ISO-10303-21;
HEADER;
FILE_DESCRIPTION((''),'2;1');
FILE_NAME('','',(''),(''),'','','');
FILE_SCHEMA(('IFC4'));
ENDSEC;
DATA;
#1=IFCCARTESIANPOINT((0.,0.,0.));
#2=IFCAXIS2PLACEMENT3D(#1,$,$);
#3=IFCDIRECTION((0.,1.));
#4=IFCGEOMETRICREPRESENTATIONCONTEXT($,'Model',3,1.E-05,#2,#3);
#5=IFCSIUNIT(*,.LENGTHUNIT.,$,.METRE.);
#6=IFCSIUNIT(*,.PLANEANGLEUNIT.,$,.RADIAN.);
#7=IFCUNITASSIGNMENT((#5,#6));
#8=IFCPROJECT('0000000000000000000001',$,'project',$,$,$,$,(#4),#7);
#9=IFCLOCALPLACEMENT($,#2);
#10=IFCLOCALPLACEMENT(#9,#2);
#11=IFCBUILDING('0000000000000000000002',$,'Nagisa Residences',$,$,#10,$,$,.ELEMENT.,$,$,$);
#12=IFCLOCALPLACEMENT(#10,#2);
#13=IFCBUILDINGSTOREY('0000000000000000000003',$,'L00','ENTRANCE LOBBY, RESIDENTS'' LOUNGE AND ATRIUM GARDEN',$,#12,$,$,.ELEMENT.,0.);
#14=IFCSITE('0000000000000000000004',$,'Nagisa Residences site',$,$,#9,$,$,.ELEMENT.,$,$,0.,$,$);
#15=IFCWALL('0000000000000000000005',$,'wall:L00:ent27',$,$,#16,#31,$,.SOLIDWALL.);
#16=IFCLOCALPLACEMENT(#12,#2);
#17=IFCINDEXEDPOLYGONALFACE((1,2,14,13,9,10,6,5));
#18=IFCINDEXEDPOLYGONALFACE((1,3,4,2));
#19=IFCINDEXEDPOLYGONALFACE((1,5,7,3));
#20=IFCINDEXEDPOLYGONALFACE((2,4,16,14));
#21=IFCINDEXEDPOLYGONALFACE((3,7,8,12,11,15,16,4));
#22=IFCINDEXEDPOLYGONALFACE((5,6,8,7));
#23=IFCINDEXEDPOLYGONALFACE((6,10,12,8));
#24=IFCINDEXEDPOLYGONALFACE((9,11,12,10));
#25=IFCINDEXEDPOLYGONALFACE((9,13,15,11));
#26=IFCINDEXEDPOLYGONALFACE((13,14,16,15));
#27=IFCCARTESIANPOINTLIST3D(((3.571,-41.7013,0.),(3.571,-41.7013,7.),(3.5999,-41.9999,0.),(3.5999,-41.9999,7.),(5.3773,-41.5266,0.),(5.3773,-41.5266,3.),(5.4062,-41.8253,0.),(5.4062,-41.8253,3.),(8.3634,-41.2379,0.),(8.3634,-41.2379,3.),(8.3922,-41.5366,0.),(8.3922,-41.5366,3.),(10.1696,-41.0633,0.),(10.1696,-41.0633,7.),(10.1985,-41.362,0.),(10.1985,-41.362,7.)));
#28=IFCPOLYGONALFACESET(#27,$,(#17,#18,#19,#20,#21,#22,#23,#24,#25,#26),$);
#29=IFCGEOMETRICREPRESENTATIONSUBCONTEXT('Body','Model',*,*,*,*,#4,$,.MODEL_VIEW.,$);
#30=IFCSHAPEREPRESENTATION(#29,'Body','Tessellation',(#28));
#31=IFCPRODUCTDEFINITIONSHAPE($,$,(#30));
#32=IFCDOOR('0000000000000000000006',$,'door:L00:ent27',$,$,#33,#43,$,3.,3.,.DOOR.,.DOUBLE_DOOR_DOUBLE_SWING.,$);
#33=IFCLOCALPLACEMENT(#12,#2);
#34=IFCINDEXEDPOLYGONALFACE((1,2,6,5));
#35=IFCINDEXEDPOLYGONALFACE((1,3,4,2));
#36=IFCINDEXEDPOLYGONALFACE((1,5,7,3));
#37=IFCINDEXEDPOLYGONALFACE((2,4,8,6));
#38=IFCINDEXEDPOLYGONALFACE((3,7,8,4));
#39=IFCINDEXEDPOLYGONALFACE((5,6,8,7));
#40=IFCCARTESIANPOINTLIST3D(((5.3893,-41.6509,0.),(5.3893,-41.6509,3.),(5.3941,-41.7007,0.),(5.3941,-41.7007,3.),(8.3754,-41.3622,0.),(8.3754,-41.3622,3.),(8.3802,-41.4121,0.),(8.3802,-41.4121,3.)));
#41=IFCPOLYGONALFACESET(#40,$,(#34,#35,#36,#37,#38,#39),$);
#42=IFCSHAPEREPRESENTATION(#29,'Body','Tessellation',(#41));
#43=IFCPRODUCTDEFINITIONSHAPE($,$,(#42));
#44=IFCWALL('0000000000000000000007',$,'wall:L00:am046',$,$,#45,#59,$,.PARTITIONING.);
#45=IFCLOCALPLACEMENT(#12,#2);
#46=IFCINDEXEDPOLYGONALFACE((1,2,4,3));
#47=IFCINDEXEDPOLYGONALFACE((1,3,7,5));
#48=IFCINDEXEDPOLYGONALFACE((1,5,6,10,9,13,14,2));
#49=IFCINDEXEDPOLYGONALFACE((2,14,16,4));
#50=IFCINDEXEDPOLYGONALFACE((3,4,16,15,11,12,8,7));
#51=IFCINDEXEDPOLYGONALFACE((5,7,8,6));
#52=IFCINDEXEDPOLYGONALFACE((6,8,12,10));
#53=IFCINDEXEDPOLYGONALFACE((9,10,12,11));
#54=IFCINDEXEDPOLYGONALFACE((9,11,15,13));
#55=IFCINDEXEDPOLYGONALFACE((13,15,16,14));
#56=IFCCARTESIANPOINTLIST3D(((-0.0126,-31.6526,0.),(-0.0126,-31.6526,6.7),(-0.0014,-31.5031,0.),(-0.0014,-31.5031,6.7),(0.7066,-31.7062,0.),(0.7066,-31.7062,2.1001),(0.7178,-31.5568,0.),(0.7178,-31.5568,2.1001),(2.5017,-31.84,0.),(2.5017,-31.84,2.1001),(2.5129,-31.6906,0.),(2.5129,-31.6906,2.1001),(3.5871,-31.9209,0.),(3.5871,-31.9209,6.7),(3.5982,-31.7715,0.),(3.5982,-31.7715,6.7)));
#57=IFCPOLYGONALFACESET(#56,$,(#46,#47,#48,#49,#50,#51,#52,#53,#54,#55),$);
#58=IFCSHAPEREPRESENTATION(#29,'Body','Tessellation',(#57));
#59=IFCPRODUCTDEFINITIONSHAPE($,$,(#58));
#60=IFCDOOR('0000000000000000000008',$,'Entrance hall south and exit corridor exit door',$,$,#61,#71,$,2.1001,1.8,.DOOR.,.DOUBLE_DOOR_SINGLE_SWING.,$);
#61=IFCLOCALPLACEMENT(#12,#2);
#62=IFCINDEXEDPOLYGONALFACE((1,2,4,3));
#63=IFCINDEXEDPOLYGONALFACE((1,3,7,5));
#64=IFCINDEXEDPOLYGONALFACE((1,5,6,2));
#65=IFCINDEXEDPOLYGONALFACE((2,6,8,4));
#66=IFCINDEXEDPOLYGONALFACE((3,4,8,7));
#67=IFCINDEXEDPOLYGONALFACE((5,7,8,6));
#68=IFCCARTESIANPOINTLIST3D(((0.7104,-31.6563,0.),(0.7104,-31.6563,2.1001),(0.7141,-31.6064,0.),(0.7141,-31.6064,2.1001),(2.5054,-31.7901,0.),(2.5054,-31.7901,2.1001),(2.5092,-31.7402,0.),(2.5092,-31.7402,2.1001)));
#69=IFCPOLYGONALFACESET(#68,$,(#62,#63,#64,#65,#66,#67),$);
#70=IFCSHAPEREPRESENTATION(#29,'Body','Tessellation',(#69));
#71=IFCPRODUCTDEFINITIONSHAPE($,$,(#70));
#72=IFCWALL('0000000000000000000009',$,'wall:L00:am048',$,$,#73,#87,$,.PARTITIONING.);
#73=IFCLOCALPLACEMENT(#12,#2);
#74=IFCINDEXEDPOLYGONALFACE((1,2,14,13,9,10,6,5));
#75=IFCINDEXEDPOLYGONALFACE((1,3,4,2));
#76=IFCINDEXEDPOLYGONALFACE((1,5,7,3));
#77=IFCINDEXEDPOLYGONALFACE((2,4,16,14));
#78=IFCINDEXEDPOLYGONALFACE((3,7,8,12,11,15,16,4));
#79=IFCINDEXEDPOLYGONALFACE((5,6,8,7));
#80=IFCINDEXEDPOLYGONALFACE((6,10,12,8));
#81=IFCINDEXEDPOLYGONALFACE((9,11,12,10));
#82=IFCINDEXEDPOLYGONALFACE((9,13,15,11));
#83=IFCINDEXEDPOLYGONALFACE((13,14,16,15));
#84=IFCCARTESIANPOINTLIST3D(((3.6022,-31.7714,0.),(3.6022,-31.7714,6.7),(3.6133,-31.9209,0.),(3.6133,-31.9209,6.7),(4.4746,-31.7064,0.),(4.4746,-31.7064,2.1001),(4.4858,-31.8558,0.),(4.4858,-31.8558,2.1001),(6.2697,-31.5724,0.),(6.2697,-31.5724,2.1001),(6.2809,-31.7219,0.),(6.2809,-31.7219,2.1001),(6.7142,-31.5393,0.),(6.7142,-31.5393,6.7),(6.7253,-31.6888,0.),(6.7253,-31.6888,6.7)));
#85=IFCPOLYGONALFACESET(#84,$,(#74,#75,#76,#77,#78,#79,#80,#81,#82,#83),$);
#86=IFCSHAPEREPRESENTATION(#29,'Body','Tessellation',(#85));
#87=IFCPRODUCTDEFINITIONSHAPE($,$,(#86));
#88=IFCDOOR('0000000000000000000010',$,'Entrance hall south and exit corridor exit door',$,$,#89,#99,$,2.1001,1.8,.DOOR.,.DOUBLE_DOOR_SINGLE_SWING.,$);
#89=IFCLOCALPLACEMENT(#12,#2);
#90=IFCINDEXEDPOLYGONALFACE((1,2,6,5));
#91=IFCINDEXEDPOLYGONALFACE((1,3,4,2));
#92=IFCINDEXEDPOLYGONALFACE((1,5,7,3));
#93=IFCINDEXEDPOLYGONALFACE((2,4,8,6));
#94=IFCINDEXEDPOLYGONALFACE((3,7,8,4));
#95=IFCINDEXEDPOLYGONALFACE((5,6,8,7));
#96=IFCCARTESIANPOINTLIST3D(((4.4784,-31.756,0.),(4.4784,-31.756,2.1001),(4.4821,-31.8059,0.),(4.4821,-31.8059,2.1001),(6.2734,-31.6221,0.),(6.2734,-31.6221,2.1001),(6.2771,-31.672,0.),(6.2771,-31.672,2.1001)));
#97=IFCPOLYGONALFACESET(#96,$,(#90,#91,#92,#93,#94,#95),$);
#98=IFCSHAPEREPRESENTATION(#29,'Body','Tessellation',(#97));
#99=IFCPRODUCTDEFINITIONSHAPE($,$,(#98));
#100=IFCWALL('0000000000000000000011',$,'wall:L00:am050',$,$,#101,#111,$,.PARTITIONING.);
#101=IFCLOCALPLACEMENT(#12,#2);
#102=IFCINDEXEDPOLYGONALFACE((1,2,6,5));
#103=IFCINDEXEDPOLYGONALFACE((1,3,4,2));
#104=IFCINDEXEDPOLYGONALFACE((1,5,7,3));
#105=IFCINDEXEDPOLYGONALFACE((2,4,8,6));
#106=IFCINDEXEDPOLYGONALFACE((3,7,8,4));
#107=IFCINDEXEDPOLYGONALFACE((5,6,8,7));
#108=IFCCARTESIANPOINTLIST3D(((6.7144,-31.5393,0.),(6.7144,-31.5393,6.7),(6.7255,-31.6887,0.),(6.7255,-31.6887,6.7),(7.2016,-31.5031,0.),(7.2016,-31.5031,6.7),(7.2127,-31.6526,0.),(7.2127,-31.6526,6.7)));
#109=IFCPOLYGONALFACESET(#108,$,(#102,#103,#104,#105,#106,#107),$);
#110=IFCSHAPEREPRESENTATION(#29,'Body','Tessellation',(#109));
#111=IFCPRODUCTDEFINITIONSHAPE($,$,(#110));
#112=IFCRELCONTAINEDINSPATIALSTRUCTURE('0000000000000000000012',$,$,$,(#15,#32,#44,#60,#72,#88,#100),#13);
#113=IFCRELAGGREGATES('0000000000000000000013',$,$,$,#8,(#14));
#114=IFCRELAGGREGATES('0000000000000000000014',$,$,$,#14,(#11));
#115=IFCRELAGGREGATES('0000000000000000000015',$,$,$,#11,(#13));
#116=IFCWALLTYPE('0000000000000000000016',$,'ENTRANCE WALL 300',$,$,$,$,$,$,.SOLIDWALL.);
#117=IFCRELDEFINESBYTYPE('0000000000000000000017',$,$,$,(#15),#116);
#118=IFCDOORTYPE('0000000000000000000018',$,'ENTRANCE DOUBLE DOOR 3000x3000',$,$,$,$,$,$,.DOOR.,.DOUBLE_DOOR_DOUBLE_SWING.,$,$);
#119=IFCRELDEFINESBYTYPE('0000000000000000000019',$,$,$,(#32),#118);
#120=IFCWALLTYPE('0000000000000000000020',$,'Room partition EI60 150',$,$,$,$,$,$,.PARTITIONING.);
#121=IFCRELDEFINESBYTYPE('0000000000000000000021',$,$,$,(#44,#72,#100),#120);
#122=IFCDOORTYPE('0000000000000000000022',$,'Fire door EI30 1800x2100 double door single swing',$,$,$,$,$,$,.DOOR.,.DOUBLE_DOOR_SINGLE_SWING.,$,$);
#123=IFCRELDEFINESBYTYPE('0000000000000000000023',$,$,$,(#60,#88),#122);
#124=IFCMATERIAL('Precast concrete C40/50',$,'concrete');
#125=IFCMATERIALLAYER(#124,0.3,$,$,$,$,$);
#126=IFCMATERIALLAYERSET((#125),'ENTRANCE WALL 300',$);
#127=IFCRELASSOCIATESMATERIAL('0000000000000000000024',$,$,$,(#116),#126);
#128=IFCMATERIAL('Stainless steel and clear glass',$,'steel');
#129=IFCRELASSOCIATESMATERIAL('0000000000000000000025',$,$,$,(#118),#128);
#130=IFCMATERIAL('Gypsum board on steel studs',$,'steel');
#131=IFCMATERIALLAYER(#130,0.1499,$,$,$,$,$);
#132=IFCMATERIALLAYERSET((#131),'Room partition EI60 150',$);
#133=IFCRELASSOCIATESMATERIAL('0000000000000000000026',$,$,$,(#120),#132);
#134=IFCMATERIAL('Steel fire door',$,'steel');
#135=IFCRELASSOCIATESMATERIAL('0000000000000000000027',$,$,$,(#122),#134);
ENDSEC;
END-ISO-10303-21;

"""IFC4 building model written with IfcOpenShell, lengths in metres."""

from ifc_helpers import new_model, si_unit, direction, frame, frame_2d, origin, place, context, subcontext, project, spatial, rectangle, extrude, material, layer, layer_set, type_object, element, fill, save


model = new_model("IFC4")

# Units and contexts
model_context = context("Model", 3, precision=1e-05, world=origin(), true_north=direction((0.0, 1.0)))
body_context = subcontext(model_context, "Body", "Model", "MODEL_VIEW")
ifc_project = project(units=[si_unit("LENGTHUNIT", "METRE"), si_unit("PLANEANGLEUNIT", "RADIAN")], contexts=[model_context])

# Site, building, storey
site_placement = place(None, origin())
site = spatial("IfcSite", under=ifc_project, at=site_placement, Name="Nagisa Residences site", CompositionType="ELEMENT", RefElevation=0.0)
building_placement = place(site_placement, origin())
building = spatial("IfcBuilding", under=site, at=building_placement, Name="Nagisa Residences", CompositionType="ELEMENT")
storey_placement = place(building_placement, origin())
storey = spatial("IfcBuildingStorey", under=building, at=storey_placement, Name="L00", Description="ENTRANCE LOBBY, RESIDENTS' LOUNGE AND ATRIUM GARDEN", CompositionType="ELEMENT", Elevation=0.0)

# Walls, openings, doors
ifc_material_1 = material(Name="Precast concrete C40/50", Category="concrete")
ifc_layer_1 = layer(ifc_material_1, 0.3)
ifc_layer_set_1 = layer_set([ifc_layer_1], Name="ENTRANCE WALL 300")
wall_type_1 = type_object("IfcWallType", Name="ENTRANCE WALL 300", PredefinedType="SOLIDWALL", material=ifc_layer_set_1)
wall_1_placement = place(storey_placement, frame((10.1841, -41.2126, 0.0), z_axis=(0.0, 0.0, 1.0), x_axis=(-0.995359, -0.096229, 0.0)))
wall_1 = element("IfcWall", 1, at=wall_1_placement, inside=storey, type_object=wall_type_1, Name="wall:L00:ent27", PredefinedType="SOLIDWALL", context=body_context, shape_type="SweptSolid", body=[
    extrude(rectangle(XDim=6.6294, YDim=0.3, at=frame_2d((3.3147, 0.0))), origin(), (0.0, 0.0, 1.0), 7.0),
])
opening_1_placement = place(wall_1_placement, frame((1.8147, 0.0, 0.0)))
opening_1 = element("IfcOpeningElement", 2, at=opening_1_placement, cuts=wall_1, PredefinedType="OPENING", context=body_context, shape_type="SweptSolid", body=[
    extrude(rectangle(XDim=3.0, YDim=3.0, at=frame_2d((1.5, 1.5))), frame((0.0, 0.1599, 0.0), z_axis=(0.0, -1.0, 0.0), x_axis=(1.0, 0.0, 0.0)), (0.0, 0.0, 1.0), 0.3201),
])
ifc_material_2 = material(Name="Stainless steel and clear glass", Category="steel")
door_type_1 = type_object("IfcDoorType", Name="ENTRANCE DOUBLE DOOR 3000x3000", OperationType="DOUBLE_DOOR_DOUBLE_SWING", PredefinedType="DOOR", material=ifc_material_2)
door_1_placement = place(opening_1_placement, origin())
door_1 = element("IfcDoor", 3, at=door_1_placement, inside=storey, type_object=door_type_1, Name="door:L00:ent27", OperationType="DOUBLE_DOOR_DOUBLE_SWING", OverallHeight=3.0, OverallWidth=3.0, PredefinedType="DOOR", context=body_context, shape_type="SweptSolid", body=[
    extrude(rectangle(XDim=3.0, YDim=3.0, at=frame_2d((1.5, 1.5))), frame((0.0, 0.0249, 0.0), z_axis=(0.0, -1.0, 0.0), x_axis=(1.0, 0.0, 0.0)), (0.0, 0.0, 1.0), 0.05),
])
fill(opening_1, door_1)
ifc_material_3 = material(Name="Gypsum board on steel studs", Category="steel")
ifc_layer_2 = layer(ifc_material_3, 0.1499)
ifc_layer_set_2 = layer_set([ifc_layer_2], Name="Room partition EI60 150")
wall_type_2 = type_object("IfcWallType", Name="Room partition EI60 150", PredefinedType="PARTITIONING", material=ifc_layer_set_2)
wall_2_placement = place(storey_placement, frame((3.5925, -31.8462, 0.0), z_axis=(0.0, 0.0, 1.0), x_axis=(-0.997234, 0.074333, 0.0)))
wall_2 = element("IfcWall", 4, at=wall_2_placement, inside=storey, type_object=wall_type_2, Name="wall:L00:am046", PredefinedType="PARTITIONING", context=body_context, shape_type="SweptSolid", body=[
    extrude(rectangle(XDim=3.6096, YDim=0.1499, at=frame_2d((1.8047, 0.0))), origin(), (0.0, 0.0, 1.0), 6.7),
])
opening_2_placement = place(wall_2_placement, frame((1.0884, 0.0, 0.0)))
opening_2 = element("IfcOpeningElement", 5, at=opening_2_placement, cuts=wall_2, PredefinedType="OPENING", context=body_context, shape_type="SweptSolid", body=[
    extrude(rectangle(XDim=1.8, YDim=2.1001, at=frame_2d((0.8999, 1.05))), frame((0.0, 0.085, 0.0), z_axis=(0.0, -1.0, 0.0), x_axis=(1.0, 0.0, 0.0)), (0.0, 0.0, 1.0), 0.1699),
])
ifc_material_4 = material(Name="Steel fire door", Category="steel")
door_type_2 = type_object("IfcDoorType", Name="Fire door EI30 1800x2100 double door single swing", OperationType="DOUBLE_DOOR_SINGLE_SWING", PredefinedType="DOOR", material=ifc_material_4)
door_2_placement = place(opening_2_placement, origin())
door_2 = element("IfcDoor", 6, at=door_2_placement, inside=storey, type_object=door_type_2, Name="Entrance hall south and exit corridor exit door", OperationType="DOUBLE_DOOR_SINGLE_SWING", OverallHeight=2.1001, OverallWidth=1.8, PredefinedType="DOOR", context=body_context, shape_type="SweptSolid", body=[
    extrude(rectangle(XDim=1.8, YDim=2.1001, at=frame_2d((0.8999, 1.05))), frame((0.0, 0.0249, 0.0), z_axis=(0.0, -1.0, 0.0), x_axis=(1.0, 0.0, 0.0)), (0.0, 0.0, 1.0), 0.05),
])
fill(opening_2, door_2)
wall_3_placement = place(storey_placement, frame((6.7197, -31.614, 0.0), z_axis=(0.0, 0.0, 1.0), x_axis=(-0.997229, -0.074399, 0.0)))
wall_3 = element("IfcWall", 7, at=wall_3_placement, inside=storey, type_object=wall_type_2, Name="wall:L00:am048", PredefinedType="PARTITIONING", context=body_context, shape_type="SweptSolid", body=[
    extrude(rectangle(XDim=3.1206, YDim=0.1499, at=frame_2d((1.5603, 0.0))), origin(), (0.0, 0.0, 1.0), 6.7),
])
opening_3_placement = place(wall_3_placement, frame((0.4458, 0.0, 0.0)))
opening_3 = element("IfcOpeningElement", 8, at=opening_3_placement, cuts=wall_3, PredefinedType="OPENING", context=body_context, shape_type="SweptSolid", body=[
    extrude(rectangle(XDim=1.8, YDim=2.1001, at=frame_2d((0.8999, 1.05))), frame((0.0, 0.085, 0.0), z_axis=(0.0, -1.0, 0.0), x_axis=(1.0, 0.0, 0.0)), (0.0, 0.0, 1.0), 0.1699),
])
door_3_placement = place(opening_3_placement, origin())
door_3 = element("IfcDoor", 9, at=door_3_placement, inside=storey, type_object=door_type_2, Name="Entrance hall south and exit corridor exit door", OperationType="DOUBLE_DOOR_SINGLE_SWING", OverallHeight=2.1001, OverallWidth=1.8, PredefinedType="DOOR", context=body_context, shape_type="SweptSolid", body=[
    extrude(rectangle(XDim=1.8, YDim=2.1001, at=frame_2d((0.8999, 1.05))), frame((0.0, 0.0249, 0.0), z_axis=(0.0, -1.0, 0.0), x_axis=(1.0, 0.0, 0.0)), (0.0, 0.0, 1.0), 0.05),
])
fill(opening_3, door_3)

# Wall
wall_4_placement = place(storey_placement, frame((7.207, -31.5779, 0.0), z_axis=(0.0, 0.0, 1.0), x_axis=(-0.997262, -0.073945, 0.0)))
element("IfcWall", 10, at=wall_4_placement, inside=storey, type_object=wall_type_2, Name="wall:L00:am050", PredefinedType="PARTITIONING", context=body_context, shape_type="SweptSolid", body=[
    extrude(rectangle(XDim=0.4885, YDim=0.1499, at=frame_2d((0.2441, 0.0))), origin(), (0.0, 0.0, 1.0), 6.7),
])

save(model, "model.ifc")
